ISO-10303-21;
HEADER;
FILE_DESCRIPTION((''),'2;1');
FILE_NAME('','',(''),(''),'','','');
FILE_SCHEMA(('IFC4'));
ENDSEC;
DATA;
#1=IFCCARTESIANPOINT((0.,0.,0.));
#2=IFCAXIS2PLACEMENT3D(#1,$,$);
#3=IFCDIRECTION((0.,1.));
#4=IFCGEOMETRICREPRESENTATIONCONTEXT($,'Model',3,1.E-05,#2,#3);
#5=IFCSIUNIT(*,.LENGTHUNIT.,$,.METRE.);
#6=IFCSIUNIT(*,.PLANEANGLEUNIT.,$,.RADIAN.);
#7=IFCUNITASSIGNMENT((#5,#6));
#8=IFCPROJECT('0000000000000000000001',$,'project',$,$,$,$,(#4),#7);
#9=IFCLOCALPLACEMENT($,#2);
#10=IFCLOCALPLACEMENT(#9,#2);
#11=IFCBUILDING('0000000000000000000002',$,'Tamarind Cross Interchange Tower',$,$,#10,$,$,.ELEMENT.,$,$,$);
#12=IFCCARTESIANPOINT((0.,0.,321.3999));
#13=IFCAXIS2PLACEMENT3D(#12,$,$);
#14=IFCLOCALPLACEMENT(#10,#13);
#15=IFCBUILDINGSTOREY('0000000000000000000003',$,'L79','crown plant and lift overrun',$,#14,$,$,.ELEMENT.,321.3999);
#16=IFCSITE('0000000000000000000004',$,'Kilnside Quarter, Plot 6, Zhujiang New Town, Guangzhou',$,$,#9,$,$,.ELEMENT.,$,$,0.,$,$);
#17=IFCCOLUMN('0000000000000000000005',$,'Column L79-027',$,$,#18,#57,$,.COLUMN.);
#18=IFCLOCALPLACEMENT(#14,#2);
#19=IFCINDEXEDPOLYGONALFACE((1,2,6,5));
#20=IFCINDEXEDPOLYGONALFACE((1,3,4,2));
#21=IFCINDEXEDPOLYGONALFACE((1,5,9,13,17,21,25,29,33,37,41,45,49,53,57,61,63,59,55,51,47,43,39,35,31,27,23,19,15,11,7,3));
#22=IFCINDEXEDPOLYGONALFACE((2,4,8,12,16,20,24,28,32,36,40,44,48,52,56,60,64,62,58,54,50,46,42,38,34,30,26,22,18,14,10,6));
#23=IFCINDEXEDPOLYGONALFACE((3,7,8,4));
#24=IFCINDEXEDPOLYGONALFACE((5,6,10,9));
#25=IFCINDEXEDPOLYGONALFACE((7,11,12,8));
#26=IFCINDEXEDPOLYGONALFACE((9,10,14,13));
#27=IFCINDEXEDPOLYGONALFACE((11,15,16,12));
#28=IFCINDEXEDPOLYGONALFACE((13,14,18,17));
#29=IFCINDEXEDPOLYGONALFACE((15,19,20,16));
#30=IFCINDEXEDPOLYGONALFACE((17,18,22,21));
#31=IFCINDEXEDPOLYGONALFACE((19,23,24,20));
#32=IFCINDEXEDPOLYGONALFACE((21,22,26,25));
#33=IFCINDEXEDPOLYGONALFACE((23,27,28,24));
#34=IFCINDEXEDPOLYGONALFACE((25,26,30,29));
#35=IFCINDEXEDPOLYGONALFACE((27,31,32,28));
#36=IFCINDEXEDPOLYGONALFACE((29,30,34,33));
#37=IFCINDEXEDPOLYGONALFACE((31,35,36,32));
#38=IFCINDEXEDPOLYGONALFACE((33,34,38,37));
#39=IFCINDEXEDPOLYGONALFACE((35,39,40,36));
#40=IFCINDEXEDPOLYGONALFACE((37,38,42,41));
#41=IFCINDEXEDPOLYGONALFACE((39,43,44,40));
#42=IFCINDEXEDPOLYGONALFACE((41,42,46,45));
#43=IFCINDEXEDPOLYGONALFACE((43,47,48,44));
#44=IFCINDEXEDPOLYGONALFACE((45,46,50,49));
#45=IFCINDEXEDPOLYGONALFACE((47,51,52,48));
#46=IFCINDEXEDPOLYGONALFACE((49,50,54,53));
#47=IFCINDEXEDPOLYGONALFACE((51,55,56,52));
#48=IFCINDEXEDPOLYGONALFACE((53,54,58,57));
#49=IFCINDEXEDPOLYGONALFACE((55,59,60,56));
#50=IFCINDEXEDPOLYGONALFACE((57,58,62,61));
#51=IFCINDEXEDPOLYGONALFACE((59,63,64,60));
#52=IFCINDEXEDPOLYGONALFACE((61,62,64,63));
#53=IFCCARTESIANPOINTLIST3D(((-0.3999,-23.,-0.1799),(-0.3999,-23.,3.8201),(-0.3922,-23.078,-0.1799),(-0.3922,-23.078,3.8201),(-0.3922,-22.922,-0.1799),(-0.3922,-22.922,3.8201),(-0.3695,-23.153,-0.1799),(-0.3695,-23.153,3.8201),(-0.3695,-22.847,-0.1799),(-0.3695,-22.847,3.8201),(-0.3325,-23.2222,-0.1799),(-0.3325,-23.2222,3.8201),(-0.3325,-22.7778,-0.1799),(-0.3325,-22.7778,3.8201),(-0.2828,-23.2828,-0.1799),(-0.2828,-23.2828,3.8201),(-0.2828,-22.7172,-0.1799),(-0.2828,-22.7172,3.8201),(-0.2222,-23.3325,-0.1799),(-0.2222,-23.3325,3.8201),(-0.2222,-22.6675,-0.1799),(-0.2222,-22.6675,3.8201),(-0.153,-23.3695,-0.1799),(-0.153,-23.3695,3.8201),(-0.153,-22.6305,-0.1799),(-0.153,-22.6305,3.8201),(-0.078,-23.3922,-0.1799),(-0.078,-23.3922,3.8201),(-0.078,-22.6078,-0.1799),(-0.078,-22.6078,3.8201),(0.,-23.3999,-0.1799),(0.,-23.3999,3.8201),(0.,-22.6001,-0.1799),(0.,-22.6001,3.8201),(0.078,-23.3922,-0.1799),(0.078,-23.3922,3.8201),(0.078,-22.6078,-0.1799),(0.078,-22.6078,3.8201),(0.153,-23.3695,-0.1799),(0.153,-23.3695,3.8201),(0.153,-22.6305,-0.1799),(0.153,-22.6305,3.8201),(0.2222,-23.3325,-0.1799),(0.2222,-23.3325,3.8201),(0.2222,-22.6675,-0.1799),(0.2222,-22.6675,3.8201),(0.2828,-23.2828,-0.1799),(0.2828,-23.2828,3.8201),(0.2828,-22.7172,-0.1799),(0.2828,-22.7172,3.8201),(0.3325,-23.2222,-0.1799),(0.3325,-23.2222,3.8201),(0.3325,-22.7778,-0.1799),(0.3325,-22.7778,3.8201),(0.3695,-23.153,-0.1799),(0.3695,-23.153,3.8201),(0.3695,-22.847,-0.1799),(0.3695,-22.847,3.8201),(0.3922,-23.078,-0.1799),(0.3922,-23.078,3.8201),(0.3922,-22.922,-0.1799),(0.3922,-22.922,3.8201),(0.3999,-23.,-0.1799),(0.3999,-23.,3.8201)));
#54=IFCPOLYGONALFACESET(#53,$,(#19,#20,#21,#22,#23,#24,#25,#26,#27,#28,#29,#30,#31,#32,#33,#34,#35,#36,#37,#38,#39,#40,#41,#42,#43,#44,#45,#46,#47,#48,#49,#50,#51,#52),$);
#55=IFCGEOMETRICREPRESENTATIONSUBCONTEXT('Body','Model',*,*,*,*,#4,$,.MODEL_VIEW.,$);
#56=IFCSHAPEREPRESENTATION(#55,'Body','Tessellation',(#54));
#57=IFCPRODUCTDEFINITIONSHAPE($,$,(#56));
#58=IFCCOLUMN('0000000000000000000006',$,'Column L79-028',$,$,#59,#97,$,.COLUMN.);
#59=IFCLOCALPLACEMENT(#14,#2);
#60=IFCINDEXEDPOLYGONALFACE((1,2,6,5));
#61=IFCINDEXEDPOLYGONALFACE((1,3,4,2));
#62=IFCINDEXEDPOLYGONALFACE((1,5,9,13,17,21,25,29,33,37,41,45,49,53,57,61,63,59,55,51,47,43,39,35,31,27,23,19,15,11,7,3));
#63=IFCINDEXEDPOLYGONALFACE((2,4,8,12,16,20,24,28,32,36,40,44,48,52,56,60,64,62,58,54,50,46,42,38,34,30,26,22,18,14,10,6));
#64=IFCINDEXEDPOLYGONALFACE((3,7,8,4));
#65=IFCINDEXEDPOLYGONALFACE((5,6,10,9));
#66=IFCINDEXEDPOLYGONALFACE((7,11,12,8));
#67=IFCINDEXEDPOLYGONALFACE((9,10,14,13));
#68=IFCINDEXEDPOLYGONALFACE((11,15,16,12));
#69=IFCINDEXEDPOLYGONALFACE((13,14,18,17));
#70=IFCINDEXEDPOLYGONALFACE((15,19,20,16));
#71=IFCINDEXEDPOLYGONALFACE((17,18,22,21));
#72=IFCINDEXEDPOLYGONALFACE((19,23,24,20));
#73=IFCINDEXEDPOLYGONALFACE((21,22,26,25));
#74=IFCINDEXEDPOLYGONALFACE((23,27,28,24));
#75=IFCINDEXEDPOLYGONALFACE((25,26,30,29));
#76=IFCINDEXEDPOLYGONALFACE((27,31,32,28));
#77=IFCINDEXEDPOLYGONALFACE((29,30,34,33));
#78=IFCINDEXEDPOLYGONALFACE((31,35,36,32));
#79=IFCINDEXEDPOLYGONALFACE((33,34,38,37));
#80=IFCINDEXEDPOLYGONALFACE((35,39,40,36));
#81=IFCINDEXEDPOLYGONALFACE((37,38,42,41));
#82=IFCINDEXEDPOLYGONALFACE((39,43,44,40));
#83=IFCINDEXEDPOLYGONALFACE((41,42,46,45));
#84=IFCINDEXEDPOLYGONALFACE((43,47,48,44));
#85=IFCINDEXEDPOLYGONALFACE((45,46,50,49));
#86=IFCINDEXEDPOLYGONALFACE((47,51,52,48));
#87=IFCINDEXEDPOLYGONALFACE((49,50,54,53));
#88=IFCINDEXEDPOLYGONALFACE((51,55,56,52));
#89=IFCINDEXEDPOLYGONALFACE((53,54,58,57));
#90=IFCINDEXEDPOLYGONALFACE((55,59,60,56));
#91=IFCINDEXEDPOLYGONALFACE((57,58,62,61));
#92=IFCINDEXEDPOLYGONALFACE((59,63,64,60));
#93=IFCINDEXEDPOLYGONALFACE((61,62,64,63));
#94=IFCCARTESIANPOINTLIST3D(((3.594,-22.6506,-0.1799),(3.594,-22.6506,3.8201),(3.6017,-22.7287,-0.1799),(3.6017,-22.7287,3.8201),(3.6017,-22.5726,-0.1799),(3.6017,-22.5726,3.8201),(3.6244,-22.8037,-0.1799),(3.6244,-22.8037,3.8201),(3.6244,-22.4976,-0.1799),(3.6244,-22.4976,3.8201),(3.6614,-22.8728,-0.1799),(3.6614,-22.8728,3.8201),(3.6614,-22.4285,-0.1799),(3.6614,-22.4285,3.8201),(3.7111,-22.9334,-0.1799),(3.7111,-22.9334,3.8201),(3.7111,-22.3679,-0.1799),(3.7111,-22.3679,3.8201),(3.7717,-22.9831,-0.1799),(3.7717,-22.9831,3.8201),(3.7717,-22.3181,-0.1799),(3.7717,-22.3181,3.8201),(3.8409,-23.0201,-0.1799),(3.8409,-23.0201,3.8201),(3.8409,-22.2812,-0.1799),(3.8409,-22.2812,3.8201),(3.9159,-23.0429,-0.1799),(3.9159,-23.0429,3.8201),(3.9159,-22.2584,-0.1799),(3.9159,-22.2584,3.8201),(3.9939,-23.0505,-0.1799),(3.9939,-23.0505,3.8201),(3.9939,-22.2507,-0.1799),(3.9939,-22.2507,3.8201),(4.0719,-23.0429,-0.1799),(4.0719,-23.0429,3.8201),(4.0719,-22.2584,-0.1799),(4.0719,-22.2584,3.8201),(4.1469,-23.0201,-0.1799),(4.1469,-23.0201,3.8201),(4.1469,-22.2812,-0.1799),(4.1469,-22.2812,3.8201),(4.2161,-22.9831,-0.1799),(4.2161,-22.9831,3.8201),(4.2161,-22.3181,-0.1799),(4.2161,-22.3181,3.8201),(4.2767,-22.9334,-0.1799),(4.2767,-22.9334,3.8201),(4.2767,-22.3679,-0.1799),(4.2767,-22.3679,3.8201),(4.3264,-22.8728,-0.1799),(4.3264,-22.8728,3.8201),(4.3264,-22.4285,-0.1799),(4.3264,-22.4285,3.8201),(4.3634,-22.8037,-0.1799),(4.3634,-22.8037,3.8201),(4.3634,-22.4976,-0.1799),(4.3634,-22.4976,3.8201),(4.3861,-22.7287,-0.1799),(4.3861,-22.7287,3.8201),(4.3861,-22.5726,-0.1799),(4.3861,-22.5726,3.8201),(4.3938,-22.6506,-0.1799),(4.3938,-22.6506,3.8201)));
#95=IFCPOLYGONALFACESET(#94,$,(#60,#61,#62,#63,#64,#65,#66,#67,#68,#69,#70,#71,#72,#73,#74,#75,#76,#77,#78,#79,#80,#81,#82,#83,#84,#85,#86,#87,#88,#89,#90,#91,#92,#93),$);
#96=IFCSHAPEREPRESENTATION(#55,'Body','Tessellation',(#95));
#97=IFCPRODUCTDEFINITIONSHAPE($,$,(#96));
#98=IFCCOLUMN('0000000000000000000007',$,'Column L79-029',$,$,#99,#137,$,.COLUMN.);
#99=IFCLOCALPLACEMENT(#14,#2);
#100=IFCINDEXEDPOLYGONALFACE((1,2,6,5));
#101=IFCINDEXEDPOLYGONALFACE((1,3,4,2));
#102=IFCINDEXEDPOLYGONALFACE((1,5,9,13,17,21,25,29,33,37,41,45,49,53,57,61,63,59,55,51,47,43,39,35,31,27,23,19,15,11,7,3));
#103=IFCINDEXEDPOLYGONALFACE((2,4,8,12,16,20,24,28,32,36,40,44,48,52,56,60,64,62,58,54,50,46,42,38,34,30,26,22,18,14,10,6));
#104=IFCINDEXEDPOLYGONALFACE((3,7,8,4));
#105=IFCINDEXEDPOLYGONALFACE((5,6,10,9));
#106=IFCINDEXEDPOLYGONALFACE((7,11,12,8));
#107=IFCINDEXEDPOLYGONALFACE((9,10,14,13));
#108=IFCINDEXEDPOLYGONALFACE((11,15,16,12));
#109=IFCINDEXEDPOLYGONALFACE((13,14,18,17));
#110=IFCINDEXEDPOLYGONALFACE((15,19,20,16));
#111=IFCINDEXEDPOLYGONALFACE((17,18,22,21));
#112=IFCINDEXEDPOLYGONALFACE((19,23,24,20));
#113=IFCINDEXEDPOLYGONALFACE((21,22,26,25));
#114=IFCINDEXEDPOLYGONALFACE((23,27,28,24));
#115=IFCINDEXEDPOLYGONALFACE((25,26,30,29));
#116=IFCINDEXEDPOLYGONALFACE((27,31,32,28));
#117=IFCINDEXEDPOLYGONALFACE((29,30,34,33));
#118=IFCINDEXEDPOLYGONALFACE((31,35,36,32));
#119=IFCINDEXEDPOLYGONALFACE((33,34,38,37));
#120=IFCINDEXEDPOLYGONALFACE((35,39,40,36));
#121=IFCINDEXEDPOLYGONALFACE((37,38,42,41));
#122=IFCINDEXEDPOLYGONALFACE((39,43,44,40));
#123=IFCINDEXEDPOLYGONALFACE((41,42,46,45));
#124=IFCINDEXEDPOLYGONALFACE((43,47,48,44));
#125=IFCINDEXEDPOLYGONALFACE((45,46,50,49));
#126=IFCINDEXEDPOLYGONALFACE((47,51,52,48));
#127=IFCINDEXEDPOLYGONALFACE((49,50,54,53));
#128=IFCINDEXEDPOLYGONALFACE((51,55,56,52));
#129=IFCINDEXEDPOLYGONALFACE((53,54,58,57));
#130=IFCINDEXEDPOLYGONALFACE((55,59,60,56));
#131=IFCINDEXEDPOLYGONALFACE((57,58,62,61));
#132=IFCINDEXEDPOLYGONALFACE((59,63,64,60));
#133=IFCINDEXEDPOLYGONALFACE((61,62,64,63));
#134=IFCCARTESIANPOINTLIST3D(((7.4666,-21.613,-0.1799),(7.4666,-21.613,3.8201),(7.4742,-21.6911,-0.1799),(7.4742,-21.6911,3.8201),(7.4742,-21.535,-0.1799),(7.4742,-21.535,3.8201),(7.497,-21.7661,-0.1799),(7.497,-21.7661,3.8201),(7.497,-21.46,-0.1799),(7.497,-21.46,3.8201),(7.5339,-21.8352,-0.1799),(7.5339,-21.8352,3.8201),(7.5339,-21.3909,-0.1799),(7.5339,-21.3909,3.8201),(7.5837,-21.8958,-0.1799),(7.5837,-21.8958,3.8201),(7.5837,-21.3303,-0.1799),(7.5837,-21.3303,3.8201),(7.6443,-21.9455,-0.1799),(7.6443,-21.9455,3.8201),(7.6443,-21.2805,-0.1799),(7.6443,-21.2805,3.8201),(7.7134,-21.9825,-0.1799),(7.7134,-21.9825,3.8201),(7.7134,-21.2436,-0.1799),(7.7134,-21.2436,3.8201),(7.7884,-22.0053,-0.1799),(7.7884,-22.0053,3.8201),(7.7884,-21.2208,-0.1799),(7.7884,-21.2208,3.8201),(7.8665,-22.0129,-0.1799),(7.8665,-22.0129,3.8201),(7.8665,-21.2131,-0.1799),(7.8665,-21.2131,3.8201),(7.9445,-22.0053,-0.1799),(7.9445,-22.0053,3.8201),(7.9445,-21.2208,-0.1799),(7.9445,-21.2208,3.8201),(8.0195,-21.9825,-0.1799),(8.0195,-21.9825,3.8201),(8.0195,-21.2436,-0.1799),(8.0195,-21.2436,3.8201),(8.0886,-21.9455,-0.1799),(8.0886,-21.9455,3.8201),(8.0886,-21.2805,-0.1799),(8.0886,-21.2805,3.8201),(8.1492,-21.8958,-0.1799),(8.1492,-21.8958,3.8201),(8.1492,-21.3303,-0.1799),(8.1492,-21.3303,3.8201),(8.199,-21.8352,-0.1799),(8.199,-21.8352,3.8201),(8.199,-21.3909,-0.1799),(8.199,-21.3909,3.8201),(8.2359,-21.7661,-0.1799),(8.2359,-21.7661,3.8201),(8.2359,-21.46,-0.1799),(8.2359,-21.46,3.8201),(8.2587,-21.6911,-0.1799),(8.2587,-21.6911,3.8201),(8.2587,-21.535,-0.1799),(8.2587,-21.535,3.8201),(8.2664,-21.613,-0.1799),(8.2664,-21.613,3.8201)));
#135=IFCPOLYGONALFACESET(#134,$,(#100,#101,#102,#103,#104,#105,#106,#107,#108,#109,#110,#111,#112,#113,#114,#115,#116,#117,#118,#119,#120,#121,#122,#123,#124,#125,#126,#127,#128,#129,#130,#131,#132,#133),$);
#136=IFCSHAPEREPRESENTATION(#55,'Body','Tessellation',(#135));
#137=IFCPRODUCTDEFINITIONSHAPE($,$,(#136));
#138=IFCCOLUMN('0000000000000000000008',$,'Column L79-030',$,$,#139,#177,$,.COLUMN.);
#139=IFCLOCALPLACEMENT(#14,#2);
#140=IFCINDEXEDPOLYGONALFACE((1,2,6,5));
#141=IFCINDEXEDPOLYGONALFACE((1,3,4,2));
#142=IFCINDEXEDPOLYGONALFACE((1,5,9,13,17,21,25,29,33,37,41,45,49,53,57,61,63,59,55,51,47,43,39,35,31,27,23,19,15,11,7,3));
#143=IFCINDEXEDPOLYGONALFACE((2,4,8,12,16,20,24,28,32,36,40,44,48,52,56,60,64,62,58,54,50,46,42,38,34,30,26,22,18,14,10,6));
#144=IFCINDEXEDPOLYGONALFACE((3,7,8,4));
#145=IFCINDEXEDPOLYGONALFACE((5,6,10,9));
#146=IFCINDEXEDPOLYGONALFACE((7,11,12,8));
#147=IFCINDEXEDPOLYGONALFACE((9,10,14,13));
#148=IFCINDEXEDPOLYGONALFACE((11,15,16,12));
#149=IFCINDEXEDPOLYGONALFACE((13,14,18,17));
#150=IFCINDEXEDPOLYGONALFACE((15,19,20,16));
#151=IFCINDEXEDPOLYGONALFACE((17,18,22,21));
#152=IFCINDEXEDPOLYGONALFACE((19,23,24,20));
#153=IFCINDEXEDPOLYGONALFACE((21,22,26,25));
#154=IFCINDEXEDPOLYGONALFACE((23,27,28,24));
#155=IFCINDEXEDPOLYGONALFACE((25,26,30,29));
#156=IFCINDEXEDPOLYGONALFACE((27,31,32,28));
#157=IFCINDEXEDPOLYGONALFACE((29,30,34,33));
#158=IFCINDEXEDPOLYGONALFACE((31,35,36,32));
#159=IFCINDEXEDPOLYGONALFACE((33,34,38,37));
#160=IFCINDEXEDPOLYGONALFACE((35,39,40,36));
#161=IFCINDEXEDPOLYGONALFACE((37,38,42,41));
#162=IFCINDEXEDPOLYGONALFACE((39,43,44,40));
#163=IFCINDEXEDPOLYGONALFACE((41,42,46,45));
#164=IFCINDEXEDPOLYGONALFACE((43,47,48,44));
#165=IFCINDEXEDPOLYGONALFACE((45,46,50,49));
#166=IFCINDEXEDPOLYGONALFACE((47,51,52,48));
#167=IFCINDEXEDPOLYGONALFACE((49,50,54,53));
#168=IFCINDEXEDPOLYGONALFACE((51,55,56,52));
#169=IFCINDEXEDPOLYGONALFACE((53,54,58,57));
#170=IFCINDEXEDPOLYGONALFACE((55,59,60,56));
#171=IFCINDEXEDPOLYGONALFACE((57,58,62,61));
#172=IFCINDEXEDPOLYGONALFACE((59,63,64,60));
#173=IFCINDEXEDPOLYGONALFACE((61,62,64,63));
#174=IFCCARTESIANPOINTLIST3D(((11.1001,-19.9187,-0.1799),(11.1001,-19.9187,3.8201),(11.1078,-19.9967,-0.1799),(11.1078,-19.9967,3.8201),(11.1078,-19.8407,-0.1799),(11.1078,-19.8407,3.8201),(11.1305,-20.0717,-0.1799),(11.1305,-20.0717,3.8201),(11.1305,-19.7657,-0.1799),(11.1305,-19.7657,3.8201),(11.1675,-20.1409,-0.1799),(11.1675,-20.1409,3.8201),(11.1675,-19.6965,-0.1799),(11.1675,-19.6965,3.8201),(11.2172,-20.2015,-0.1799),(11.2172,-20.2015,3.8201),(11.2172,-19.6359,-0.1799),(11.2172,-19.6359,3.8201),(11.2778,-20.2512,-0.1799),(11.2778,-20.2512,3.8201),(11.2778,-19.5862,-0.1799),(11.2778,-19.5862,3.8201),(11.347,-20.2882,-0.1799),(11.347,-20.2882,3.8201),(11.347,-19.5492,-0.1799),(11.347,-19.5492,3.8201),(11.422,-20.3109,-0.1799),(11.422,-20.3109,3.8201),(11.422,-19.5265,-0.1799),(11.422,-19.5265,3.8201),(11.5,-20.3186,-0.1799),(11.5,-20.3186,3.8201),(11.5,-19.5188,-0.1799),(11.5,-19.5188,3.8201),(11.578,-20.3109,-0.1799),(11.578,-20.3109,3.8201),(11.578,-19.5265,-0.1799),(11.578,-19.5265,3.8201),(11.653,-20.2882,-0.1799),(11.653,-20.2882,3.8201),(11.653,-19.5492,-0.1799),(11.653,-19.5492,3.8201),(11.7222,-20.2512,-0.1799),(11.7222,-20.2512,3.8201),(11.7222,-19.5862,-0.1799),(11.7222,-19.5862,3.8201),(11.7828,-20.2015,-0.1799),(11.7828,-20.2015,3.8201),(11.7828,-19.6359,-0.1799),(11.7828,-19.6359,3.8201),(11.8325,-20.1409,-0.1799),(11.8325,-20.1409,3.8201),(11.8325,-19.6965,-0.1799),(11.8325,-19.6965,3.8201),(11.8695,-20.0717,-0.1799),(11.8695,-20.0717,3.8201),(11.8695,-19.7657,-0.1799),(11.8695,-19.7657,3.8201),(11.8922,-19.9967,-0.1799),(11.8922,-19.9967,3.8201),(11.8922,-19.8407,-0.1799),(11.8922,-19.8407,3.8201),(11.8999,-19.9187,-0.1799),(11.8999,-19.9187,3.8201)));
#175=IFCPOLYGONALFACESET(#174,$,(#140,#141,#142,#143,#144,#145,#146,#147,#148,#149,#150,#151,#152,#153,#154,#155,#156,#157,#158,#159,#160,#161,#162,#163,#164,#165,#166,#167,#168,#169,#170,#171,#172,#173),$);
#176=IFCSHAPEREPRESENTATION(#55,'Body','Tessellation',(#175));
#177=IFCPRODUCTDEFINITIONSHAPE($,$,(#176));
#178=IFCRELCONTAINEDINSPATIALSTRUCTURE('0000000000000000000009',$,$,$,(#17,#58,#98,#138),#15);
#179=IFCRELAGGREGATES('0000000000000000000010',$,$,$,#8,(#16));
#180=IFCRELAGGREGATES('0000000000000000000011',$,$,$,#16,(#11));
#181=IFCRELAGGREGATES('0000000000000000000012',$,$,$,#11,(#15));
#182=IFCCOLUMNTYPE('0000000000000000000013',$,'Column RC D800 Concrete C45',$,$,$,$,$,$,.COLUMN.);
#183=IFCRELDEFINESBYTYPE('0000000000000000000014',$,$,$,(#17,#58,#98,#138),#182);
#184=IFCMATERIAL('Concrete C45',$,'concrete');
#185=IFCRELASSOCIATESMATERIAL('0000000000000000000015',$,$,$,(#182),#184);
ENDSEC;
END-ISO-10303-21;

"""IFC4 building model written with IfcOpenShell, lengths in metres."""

from ifc_helpers import new_model, si_unit, direction, frame, origin, origin_2d, place, context, subcontext, project, spatial, circle, extrude, material, material_profile, profile_set, type_object, element, save


model = new_model("IFC4")

# Units and contexts
model_context = context("Model", 3, precision=1e-05, world=origin(), true_north=direction((0.0, 1.0)))
body_context = subcontext(model_context, "Body", "Model", "MODEL_VIEW")
ifc_project = project(units=[si_unit("LENGTHUNIT", "METRE"), si_unit("PLANEANGLEUNIT", "RADIAN")], contexts=[model_context])

# Site, building, storey
site_placement = place(None, origin())
site = spatial("IfcSite", under=ifc_project, at=site_placement, Name="Kilnside Quarter, Plot 6, Zhujiang New Town, Guangzhou", CompositionType="ELEMENT", RefElevation=0.0)
building_placement = place(site_placement, origin())
building = spatial("IfcBuilding", under=site, at=building_placement, Name="Tamarind Cross Interchange Tower", CompositionType="ELEMENT")
storey_placement = place(building_placement, frame((0.0, 0.0, 321.3999)))
storey = spatial("IfcBuildingStorey", under=building, at=storey_placement, Name="L79", Description="crown plant and lift overrun", CompositionType="ELEMENT", Elevation=321.3999)

# Columns
ifc_material_1 = material(Name="Concrete C45", Category="concrete")
ifc_material_profile_1 = material_profile(ifc_material_1, circle(Radius=0.3999, at=origin_2d()), Name="RC D800")
ifc_profile_set_1 = profile_set([ifc_material_profile_1], Name="Concrete C45")
column_type = type_object("IfcColumnType", Name="Column RC D800 Concrete C45", PredefinedType="COLUMN", material=ifc_profile_set_1)
for number, where, z_axis, x_axis, name in (
    (1, (0.0, -23.0, -0.1799), (0.0, 0.0, 1.0), (1.0, 0.0, 0.0), "Column L79-027"),
    (2, (3.9939, -22.6506, -0.1799), (0.0, 0.0, 1.0), (1.0, 0.0, 0.0), "Column L79-028"),
    (3, (7.8665, -21.613, -0.1799), (0.0, 0.0, 1.0), (1.0, 0.0, 0.0), "Column L79-029"),
    (4, (11.5, -19.9187, -0.1799), (0.0, 0.0, 1.0), (1.0, 0.0, 0.0), "Column L79-030"),
):
    element("IfcColumn", number, at=place(storey_placement, frame(where, z_axis=z_axis, x_axis=x_axis)), inside=storey, type_object=column_type, Name=name, PredefinedType="COLUMN", context=body_context, shape_type="SweptSolid", body=[
        extrude(circle(Radius=0.3999, at=origin_2d()), origin(), (0.0, 0.0, 1.0), 4.0),
    ])

save(model, "model.ifc")
